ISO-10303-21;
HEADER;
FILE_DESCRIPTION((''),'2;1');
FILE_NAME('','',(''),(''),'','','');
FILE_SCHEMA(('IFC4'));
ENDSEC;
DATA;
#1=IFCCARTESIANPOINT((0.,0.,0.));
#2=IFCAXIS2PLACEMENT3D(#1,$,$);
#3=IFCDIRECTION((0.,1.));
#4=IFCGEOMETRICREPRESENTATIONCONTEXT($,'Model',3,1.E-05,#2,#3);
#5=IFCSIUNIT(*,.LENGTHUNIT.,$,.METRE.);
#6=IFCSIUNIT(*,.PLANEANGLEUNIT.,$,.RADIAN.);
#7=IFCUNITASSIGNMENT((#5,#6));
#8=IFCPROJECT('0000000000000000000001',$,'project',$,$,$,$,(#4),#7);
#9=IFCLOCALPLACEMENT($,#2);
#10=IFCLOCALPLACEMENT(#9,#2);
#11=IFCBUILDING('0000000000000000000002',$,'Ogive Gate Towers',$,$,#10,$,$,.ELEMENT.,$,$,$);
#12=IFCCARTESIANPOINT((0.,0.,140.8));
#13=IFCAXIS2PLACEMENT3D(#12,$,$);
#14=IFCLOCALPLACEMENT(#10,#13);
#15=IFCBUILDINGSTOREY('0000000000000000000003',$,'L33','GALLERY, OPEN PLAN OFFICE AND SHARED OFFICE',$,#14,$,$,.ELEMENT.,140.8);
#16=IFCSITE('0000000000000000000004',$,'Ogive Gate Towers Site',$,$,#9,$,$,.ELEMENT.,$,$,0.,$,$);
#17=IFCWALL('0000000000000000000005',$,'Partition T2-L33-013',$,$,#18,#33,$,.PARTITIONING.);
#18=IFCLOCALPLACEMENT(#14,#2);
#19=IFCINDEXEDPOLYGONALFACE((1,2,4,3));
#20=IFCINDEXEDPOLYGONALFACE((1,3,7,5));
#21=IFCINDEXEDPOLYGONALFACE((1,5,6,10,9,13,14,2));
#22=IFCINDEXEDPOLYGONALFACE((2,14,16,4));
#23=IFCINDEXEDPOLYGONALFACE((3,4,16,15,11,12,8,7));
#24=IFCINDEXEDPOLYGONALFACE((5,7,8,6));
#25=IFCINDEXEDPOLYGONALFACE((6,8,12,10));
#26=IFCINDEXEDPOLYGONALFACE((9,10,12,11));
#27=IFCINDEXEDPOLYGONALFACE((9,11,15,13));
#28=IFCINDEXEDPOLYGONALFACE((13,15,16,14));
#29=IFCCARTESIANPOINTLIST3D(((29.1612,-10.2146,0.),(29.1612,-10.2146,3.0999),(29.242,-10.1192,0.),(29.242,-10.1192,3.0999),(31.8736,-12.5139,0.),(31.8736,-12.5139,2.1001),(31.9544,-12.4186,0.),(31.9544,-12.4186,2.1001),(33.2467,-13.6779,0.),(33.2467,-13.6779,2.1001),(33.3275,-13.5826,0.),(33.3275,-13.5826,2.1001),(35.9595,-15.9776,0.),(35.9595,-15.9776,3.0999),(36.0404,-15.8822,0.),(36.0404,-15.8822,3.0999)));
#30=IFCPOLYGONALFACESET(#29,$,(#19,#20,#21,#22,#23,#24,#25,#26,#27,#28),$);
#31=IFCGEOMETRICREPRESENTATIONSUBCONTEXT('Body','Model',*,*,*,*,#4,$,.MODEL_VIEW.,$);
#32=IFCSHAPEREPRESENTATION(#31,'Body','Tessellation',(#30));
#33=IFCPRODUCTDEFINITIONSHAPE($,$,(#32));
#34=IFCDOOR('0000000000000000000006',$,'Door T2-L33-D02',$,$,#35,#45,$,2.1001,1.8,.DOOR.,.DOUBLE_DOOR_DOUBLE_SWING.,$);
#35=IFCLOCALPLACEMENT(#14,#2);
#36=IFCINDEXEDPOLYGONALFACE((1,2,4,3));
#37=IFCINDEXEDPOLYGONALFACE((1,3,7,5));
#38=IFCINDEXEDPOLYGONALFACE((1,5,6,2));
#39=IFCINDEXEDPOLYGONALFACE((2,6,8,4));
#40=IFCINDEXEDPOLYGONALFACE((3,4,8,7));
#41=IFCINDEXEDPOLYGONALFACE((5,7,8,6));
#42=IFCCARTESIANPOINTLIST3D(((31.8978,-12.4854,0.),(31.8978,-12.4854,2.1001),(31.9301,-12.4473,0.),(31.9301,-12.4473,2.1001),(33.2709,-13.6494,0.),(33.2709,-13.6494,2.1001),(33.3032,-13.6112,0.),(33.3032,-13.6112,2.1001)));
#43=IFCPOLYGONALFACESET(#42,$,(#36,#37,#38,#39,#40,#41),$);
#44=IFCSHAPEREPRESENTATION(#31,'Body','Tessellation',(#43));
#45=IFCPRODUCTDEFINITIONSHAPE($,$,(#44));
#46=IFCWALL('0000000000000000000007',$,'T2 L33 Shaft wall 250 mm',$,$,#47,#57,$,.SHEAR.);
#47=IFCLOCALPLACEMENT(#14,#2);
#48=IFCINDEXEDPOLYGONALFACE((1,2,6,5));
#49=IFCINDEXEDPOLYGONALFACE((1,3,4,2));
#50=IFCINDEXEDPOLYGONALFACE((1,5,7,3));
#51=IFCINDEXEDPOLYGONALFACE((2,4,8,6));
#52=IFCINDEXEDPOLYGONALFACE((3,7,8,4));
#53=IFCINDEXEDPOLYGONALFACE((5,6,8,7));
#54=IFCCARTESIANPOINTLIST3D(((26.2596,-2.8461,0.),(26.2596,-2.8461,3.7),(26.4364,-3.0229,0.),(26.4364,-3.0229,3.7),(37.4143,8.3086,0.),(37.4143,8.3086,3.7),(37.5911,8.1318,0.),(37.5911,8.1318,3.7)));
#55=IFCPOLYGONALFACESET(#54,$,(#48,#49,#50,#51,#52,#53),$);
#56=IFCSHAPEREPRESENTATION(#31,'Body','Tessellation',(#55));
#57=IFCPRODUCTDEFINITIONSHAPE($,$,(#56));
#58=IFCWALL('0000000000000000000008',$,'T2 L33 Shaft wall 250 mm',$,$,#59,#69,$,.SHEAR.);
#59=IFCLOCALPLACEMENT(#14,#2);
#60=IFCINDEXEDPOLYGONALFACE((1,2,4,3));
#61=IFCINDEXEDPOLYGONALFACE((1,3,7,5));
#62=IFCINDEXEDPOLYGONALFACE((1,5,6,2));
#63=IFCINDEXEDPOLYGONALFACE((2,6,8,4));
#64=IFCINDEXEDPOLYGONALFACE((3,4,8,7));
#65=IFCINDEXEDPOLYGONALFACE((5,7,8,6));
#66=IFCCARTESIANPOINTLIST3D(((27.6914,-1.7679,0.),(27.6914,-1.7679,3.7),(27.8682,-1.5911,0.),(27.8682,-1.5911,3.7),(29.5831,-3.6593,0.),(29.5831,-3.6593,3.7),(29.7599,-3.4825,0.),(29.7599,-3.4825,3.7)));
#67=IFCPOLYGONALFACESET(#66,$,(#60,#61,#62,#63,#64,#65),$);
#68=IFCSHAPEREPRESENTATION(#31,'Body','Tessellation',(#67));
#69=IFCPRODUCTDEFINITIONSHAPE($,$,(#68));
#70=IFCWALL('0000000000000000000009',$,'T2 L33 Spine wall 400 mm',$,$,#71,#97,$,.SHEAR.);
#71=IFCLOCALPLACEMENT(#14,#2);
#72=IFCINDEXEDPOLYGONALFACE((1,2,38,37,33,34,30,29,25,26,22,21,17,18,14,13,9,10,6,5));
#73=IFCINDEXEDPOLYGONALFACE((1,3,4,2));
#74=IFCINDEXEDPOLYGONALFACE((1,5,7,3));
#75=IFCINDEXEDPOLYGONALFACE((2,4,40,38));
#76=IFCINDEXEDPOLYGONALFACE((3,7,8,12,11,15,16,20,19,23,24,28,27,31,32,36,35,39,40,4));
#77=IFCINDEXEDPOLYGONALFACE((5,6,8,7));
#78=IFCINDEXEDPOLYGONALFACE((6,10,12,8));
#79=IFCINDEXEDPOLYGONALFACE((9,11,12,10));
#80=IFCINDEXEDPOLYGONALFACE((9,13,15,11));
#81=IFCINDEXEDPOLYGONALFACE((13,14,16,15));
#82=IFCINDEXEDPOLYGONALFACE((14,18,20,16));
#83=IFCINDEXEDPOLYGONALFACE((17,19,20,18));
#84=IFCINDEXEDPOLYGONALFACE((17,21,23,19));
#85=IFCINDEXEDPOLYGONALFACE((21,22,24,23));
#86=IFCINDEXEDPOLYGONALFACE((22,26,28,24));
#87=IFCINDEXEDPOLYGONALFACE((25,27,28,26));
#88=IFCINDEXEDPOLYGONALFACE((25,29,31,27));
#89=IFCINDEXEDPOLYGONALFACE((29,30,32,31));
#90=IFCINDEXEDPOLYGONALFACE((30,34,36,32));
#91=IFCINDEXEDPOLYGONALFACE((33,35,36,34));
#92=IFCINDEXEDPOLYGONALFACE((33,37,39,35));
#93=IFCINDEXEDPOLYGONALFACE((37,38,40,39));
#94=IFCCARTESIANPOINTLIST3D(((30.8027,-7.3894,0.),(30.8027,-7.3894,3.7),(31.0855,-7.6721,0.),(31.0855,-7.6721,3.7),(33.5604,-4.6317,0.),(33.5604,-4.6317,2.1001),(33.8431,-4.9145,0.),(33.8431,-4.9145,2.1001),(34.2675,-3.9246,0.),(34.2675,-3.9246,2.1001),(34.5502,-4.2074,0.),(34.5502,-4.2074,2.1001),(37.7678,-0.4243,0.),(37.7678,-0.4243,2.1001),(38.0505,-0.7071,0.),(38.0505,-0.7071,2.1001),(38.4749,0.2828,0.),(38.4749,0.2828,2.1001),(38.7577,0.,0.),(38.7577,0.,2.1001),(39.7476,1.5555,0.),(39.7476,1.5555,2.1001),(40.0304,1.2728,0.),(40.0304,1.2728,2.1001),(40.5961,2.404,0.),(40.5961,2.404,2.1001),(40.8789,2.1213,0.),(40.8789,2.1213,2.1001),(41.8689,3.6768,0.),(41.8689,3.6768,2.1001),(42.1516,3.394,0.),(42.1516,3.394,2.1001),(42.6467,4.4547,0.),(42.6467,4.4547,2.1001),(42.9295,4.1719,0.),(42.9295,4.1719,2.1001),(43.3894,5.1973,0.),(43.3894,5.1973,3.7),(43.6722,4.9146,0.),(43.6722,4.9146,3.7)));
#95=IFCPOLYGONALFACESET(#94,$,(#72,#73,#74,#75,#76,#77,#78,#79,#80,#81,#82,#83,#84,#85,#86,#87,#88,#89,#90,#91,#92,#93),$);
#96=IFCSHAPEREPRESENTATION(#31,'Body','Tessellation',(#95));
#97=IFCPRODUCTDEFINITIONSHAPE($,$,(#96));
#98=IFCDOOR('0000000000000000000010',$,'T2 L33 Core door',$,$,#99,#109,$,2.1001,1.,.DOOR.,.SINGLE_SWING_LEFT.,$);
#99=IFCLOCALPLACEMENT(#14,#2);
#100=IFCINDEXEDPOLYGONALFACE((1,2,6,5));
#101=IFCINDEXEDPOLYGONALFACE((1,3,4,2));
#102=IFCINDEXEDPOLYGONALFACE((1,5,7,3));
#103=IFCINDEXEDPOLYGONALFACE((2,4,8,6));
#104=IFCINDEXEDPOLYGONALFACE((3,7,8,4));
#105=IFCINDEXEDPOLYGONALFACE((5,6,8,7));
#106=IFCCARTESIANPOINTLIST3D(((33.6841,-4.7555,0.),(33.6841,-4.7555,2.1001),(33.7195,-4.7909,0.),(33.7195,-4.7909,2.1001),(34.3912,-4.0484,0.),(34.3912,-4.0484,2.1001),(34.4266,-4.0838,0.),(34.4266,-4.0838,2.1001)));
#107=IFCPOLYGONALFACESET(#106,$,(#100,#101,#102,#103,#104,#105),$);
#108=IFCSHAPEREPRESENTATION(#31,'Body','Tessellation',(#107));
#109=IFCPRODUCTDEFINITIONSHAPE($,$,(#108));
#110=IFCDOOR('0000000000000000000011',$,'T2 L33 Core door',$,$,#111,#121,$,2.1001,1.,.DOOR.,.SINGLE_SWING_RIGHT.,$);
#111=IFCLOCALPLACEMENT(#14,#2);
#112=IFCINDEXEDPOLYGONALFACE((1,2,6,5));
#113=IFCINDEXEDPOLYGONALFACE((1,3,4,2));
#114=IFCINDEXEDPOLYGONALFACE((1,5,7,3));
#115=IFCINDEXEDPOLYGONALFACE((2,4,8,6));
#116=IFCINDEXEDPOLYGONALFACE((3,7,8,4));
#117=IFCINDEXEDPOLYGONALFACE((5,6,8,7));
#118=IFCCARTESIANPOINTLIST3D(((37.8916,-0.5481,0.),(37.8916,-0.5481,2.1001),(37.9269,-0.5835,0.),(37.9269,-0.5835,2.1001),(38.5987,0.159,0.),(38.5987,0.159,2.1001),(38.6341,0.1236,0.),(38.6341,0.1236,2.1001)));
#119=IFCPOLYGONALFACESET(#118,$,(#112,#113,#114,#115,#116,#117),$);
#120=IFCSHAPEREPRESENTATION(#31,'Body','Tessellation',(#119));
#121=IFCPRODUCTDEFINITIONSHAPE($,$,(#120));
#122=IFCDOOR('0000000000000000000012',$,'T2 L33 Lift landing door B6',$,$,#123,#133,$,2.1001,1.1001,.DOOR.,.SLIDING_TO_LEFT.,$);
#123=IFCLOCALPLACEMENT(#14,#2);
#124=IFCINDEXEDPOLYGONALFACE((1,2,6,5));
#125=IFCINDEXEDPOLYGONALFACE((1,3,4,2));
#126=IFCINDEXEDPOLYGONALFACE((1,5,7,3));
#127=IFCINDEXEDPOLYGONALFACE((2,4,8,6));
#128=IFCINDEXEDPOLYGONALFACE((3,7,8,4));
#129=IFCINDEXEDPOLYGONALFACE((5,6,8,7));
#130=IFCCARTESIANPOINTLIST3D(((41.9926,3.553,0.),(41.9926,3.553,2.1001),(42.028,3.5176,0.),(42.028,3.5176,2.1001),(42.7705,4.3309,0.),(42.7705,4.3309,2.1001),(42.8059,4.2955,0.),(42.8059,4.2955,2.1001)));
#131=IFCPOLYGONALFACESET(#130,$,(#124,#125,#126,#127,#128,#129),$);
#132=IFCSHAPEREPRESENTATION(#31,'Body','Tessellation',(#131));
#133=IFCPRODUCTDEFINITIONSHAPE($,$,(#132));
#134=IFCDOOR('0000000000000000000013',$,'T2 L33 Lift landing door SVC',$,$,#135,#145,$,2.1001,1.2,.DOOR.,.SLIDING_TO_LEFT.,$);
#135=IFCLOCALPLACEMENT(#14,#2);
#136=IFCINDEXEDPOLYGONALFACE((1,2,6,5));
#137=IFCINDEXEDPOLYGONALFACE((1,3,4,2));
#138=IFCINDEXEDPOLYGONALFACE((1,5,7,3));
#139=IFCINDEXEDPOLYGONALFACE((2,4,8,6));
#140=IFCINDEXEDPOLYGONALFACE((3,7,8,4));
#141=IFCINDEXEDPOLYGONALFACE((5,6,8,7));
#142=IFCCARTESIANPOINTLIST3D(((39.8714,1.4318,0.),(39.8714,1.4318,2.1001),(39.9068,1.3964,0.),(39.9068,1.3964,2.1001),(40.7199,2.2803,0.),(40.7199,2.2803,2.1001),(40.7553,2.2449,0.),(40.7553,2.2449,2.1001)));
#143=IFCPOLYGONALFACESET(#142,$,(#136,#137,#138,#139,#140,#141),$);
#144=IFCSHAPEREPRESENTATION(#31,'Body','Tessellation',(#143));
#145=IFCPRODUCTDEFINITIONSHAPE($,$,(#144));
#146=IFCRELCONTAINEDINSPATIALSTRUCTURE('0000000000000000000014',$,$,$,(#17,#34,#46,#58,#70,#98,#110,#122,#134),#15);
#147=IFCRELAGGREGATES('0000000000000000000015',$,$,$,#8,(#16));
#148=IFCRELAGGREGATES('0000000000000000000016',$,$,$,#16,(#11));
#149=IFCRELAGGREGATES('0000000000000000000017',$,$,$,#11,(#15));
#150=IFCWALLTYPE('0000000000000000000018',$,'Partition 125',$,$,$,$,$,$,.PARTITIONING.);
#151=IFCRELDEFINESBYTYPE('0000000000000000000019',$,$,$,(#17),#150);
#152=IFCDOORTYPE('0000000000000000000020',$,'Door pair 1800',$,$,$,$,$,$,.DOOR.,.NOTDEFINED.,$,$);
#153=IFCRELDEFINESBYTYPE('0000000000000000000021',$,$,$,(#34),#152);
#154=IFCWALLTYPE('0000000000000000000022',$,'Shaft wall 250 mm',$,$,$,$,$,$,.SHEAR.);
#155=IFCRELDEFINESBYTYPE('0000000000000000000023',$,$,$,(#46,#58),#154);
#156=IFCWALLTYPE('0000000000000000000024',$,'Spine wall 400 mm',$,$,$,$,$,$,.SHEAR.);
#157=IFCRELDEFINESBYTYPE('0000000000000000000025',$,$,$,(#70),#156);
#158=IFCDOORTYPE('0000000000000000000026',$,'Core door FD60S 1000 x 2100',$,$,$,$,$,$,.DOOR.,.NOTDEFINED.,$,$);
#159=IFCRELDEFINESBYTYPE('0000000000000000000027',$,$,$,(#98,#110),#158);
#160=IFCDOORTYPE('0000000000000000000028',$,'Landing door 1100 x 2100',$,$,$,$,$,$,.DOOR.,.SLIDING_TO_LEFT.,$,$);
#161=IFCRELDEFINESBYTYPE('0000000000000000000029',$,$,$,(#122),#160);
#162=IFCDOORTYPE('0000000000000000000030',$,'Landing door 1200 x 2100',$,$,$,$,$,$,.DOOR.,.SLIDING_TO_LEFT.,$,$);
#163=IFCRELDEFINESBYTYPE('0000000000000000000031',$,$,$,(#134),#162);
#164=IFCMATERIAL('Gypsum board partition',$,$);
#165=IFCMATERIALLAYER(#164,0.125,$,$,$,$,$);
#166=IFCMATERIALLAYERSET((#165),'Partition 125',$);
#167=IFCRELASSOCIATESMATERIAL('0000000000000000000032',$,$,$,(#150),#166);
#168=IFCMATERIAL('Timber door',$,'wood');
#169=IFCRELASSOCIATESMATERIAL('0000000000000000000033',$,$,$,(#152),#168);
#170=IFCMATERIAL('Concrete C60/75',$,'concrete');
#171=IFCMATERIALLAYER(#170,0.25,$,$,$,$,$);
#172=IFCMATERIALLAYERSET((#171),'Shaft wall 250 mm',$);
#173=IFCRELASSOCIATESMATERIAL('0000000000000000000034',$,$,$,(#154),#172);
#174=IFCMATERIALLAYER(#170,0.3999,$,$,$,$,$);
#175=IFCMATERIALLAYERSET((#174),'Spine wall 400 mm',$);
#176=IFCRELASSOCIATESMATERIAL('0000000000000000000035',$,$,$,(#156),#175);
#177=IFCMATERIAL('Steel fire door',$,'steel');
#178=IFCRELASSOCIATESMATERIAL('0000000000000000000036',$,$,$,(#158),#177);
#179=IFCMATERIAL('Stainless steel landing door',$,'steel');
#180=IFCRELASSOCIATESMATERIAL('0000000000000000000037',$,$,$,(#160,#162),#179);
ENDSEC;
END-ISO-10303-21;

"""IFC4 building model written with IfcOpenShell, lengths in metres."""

from ifc_helpers import new_model, si_unit, direction, frame, frame_2d, origin, place, context, subcontext, project, spatial, rectangle, extrude, material, layer, layer_set, type_object, element, fill, save


model = new_model("IFC4")

# Units and contexts
model_context = context("Model", 3, precision=1e-05, world=origin(), true_north=direction((0.0, 1.0)))
body_context = subcontext(model_context, "Body", "Model", "MODEL_VIEW")
ifc_project = project(units=[si_unit("LENGTHUNIT", "METRE"), si_unit("PLANEANGLEUNIT", "RADIAN")], contexts=[model_context])

# Site, building, storey
site_placement = place(None, origin())
site = spatial("IfcSite", under=ifc_project, at=site_placement, Name="Ogive Gate Towers Site", CompositionType="ELEMENT", RefElevation=0.0)
building_placement = place(site_placement, origin())
building = spatial("IfcBuilding", under=site, at=building_placement, Name="Ogive Gate Towers", CompositionType="ELEMENT")
storey_placement = place(building_placement, frame((0.0, 0.0, 140.8)))
storey = spatial("IfcBuildingStorey", under=building, at=storey_placement, Name="L33", Description="GALLERY, OPEN PLAN OFFICE AND SHARED OFFICE", CompositionType="ELEMENT", Elevation=140.8)

# Wall, opening, door
ifc_material_1 = material(Name="Gypsum board partition")
ifc_layer_1 = layer(ifc_material_1, 0.125)
ifc_layer_set_1 = layer_set([ifc_layer_1], Name="Partition 125")
wall_type_1 = type_object("IfcWallType", Name="Partition 125", PredefinedType="PARTITIONING", material=ifc_layer_set_1)
ifc_material_2 = material(Name="Timber door", Category="wood")
door_type_1 = type_object("IfcDoorType", Name="Door pair 1800", OperationType="NOTDEFINED", PredefinedType="DOOR", material=ifc_material_2)
wall_1_placement = place(storey_placement, frame((29.2017, -10.167, 0.0), z_axis=(0.0, 0.0, 1.0), x_axis=(0.762805, -0.646628, 0.0)))
wall_1 = element("IfcWall", 1, at=wall_1_placement, inside=storey, type_object=wall_type_1, Name="Partition T2-L33-013", PredefinedType="PARTITIONING", context=body_context, shape_type="SweptSolid", body=[
    extrude(rectangle(XDim=8.9124, YDim=0.125, at=frame_2d((4.4561, 0.0))), origin(), (0.0, 0.0, 1.0), 3.0999),
])
opening_1_placement = place(wall_1_placement, frame((3.5559, 0.0, 0.0)))
opening_1 = element("IfcOpeningElement", 2, at=opening_1_placement, cuts=wall_1, PredefinedType="OPENING", context=body_context, shape_type="SweptSolid", body=[
    extrude(rectangle(XDim=1.8, YDim=2.1001, at=frame_2d((0.8999, 1.05))), frame((0.0, 0.0725, 0.0), z_axis=(0.0, -1.0, 0.0), x_axis=(1.0, 0.0, 0.0)), (0.0, 0.0, 1.0), 0.145),
])
door_1_placement = place(opening_1_placement, origin())
door_1 = element("IfcDoor", 3, at=door_1_placement, inside=storey, type_object=door_type_1, Name="Door T2-L33-D02", OperationType="DOUBLE_DOOR_DOUBLE_SWING", OverallHeight=2.1001, OverallWidth=1.8, PredefinedType="DOOR", context=body_context, shape_type="SweptSolid", body=[
    extrude(rectangle(XDim=1.8, YDim=2.1001, at=frame_2d((0.8999, 1.05))), frame((0.0, 0.0249, 0.0), z_axis=(0.0, -1.0, 0.0), x_axis=(1.0, 0.0, 0.0)), (0.0, 0.0, 1.0), 0.05),
])
fill(opening_1, door_1)

# Walls
ifc_material_3 = material(Name="Concrete C60/75", Category="concrete")
ifc_layer_2 = layer(ifc_material_3, 0.25)
ifc_layer_set_2 = layer_set([ifc_layer_2], Name="Shaft wall 250 mm")
wall_type_2 = type_object("IfcWallType", Name="Shaft wall 250 mm", PredefinedType="SHEAR", material=ifc_layer_set_2)
wall_2_placement = place(storey_placement, frame((26.3479, -2.9346, 0.0), z_axis=(0.0, 0.0, 1.0), x_axis=(0.707107, 0.707107, 0.0)))
element("IfcWall", 4, at=wall_2_placement, inside=storey, type_object=wall_type_2, Name="T2 L33 Shaft wall 250 mm", PredefinedType="SHEAR", context=body_context, shape_type="SweptSolid", body=[
    extrude(rectangle(XDim=15.7751, YDim=0.25, at=frame_2d((7.8877, 0.0))), origin(), (0.0, 0.0, 1.0), 3.7),
])
wall_3_placement = place(storey_placement, frame((29.6714, -3.5708, 0.0), z_axis=(0.0, 0.0, 1.0), x_axis=(-0.707152, 0.707061, 0.0)))
element("IfcWall", 5, at=wall_3_placement, inside=storey, type_object=wall_type_2, Name="T2 L33 Shaft wall 250 mm", PredefinedType="SHEAR", context=body_context, shape_type="SweptSolid", body=[
    extrude(rectangle(XDim=2.675, YDim=0.25, at=frame_2d((1.3374, 0.0))), origin(), (0.0, 0.0, 1.0), 3.7),
])

# Wall, openings, doors
ifc_layer_3 = layer(ifc_material_3, 0.3999)
ifc_layer_set_3 = layer_set([ifc_layer_3], Name="Spine wall 400 mm")
wall_type_3 = type_object("IfcWallType", Name="Spine wall 400 mm", PredefinedType="SHEAR", material=ifc_layer_set_3)
wall_4_placement = place(storey_placement, frame((30.9441, -7.5308, 0.0), z_axis=(0.0, 0.0, 1.0), x_axis=(0.707107, 0.707107, 0.0)))
wall_4 = element("IfcWall", 6, at=wall_4_placement, inside=storey, type_object=wall_type_3, Name="T2 L33 Spine wall 400 mm", PredefinedType="SHEAR", context=body_context, shape_type="SweptSolid", body=[
    extrude(rectangle(XDim=17.8003, YDim=0.3999, at=frame_2d((8.9001, 0.0))), origin(), (0.0, 0.0, 1.0), 3.7),
])
opening_2_placement = place(wall_4_placement, frame((12.6499, 0.0, 0.0)))
opening_2 = element("IfcOpeningElement", 7, at=opening_2_placement, cuts=wall_4, PredefinedType="OPENING", context=body_context, shape_type="SweptSolid", body=[
    extrude(rectangle(XDim=1.2, YDim=2.1001, at=frame_2d((0.6001, 1.05))), frame((0.0, 0.21, 0.0), z_axis=(0.0, -1.0, 0.0), x_axis=(1.0, 0.0, 0.0)), (0.0, 0.0, 1.0), 0.4199),
])
opening_3_placement = place(wall_4_placement, frame((15.6499, 0.0, 0.0)))
opening_3 = element("IfcOpeningElement", 8, at=opening_3_placement, cuts=wall_4, PredefinedType="OPENING", context=body_context, shape_type="SweptSolid", body=[
    extrude(rectangle(XDim=1.1001, YDim=2.1001, at=frame_2d((0.55, 1.05))), frame((0.0, 0.21, 0.0), z_axis=(0.0, -1.0, 0.0), x_axis=(1.0, 0.0, 0.0)), (0.0, 0.0, 1.0), 0.4199),
])
opening_4_placement = place(wall_4_placement, frame((3.8999, 0.0, 0.0)))
opening_4 = element("IfcOpeningElement", 9, at=opening_4_placement, cuts=wall_4, PredefinedType="OPENING", context=body_context, shape_type="SweptSolid", body=[
    extrude(rectangle(XDim=1.0, YDim=2.1001, at=frame_2d((0.5, 1.05))), frame((0.0, 0.21, 0.0), z_axis=(0.0, -1.0, 0.0), x_axis=(1.0, 0.0, 0.0)), (0.0, 0.0, 1.0), 0.4199),
])
opening_5_placement = place(wall_4_placement, frame((9.8501, 0.0, 0.0)))
opening_5 = element("IfcOpeningElement", 10, at=opening_5_placement, cuts=wall_4, PredefinedType="OPENING", context=body_context, shape_type="SweptSolid", body=[
    extrude(rectangle(XDim=1.0, YDim=2.1001, at=frame_2d((0.5, 1.05))), frame((0.0, 0.21, 0.0), z_axis=(0.0, -1.0, 0.0), x_axis=(1.0, 0.0, 0.0)), (0.0, 0.0, 1.0), 0.4199),
])
ifc_material_4 = material(Name="Steel fire door", Category="steel")
door_type_2 = type_object("IfcDoorType", Name="Core door FD60S 1000 x 2100", OperationType="NOTDEFINED", PredefinedType="DOOR", material=ifc_material_4)
door_2_placement = place(opening_4_placement, origin())
door_2 = element("IfcDoor", 11, at=door_2_placement, inside=storey, type_object=door_type_2, Name="T2 L33 Core door", OperationType="SINGLE_SWING_LEFT", OverallHeight=2.1001, OverallWidth=1.0, PredefinedType="DOOR", context=body_context, shape_type="SweptSolid", body=[
    extrude(rectangle(XDim=1.0, YDim=2.1001, at=frame_2d((0.5, 1.05))), frame((0.0, 0.0249, 0.0), z_axis=(0.0, -1.0, 0.0), x_axis=(1.0, 0.0, 0.0)), (0.0, 0.0, 1.0), 0.05),
])
fill(opening_4, door_2)
door_3_placement = place(opening_5_placement, origin())
door_3 = element("IfcDoor", 12, at=door_3_placement, inside=storey, type_object=door_type_2, Name="T2 L33 Core door", OperationType="SINGLE_SWING_RIGHT", OverallHeight=2.1001, OverallWidth=1.0, PredefinedType="DOOR", context=body_context, shape_type="SweptSolid", body=[
    extrude(rectangle(XDim=1.0, YDim=2.1001, at=frame_2d((0.5, 1.05))), frame((0.0, 0.0249, 0.0), z_axis=(0.0, -1.0, 0.0), x_axis=(1.0, 0.0, 0.0)), (0.0, 0.0, 1.0), 0.05),
])
fill(opening_5, door_3)
ifc_material_5 = material(Name="Stainless steel landing door", Category="steel")
door_type_3 = type_object("IfcDoorType", Name="Landing door 1100 x 2100", OperationType="SLIDING_TO_LEFT", PredefinedType="DOOR", material=ifc_material_5)
door_4_placement = place(opening_3_placement, origin())
door_4 = element("IfcDoor", 13, at=door_4_placement, inside=storey, type_object=door_type_3, Name="T2 L33 Lift landing door B6", OperationType="SLIDING_TO_LEFT", OverallHeight=2.1001, OverallWidth=1.1001, PredefinedType="DOOR", context=body_context, shape_type="SweptSolid", body=[
    extrude(rectangle(XDim=1.1001, YDim=2.1001, at=frame_2d((0.55, 1.05))), frame((0.0, 0.0249, 0.0), z_axis=(0.0, -1.0, 0.0), x_axis=(1.0, 0.0, 0.0)), (0.0, 0.0, 1.0), 0.05),
])
fill(opening_3, door_4)
door_type_4 = type_object("IfcDoorType", Name="Landing door 1200 x 2100", OperationType="SLIDING_TO_LEFT", PredefinedType="DOOR", material=ifc_material_5)
door_5_placement = place(opening_2_placement, origin())
door_5 = element("IfcDoor", 14, at=door_5_placement, inside=storey, type_object=door_type_4, Name="T2 L33 Lift landing door SVC", OperationType="SLIDING_TO_LEFT", OverallHeight=2.1001, OverallWidth=1.2, PredefinedType="DOOR", context=body_context, shape_type="SweptSolid", body=[
    extrude(rectangle(XDim=1.2, YDim=2.1001, at=frame_2d((0.6001, 1.05))), frame((0.0, 0.0249, 0.0), z_axis=(0.0, -1.0, 0.0), x_axis=(1.0, 0.0, 0.0)), (0.0, 0.0, 1.0), 0.05),
])
fill(opening_2, door_5)

save(model, "model.ifc")
